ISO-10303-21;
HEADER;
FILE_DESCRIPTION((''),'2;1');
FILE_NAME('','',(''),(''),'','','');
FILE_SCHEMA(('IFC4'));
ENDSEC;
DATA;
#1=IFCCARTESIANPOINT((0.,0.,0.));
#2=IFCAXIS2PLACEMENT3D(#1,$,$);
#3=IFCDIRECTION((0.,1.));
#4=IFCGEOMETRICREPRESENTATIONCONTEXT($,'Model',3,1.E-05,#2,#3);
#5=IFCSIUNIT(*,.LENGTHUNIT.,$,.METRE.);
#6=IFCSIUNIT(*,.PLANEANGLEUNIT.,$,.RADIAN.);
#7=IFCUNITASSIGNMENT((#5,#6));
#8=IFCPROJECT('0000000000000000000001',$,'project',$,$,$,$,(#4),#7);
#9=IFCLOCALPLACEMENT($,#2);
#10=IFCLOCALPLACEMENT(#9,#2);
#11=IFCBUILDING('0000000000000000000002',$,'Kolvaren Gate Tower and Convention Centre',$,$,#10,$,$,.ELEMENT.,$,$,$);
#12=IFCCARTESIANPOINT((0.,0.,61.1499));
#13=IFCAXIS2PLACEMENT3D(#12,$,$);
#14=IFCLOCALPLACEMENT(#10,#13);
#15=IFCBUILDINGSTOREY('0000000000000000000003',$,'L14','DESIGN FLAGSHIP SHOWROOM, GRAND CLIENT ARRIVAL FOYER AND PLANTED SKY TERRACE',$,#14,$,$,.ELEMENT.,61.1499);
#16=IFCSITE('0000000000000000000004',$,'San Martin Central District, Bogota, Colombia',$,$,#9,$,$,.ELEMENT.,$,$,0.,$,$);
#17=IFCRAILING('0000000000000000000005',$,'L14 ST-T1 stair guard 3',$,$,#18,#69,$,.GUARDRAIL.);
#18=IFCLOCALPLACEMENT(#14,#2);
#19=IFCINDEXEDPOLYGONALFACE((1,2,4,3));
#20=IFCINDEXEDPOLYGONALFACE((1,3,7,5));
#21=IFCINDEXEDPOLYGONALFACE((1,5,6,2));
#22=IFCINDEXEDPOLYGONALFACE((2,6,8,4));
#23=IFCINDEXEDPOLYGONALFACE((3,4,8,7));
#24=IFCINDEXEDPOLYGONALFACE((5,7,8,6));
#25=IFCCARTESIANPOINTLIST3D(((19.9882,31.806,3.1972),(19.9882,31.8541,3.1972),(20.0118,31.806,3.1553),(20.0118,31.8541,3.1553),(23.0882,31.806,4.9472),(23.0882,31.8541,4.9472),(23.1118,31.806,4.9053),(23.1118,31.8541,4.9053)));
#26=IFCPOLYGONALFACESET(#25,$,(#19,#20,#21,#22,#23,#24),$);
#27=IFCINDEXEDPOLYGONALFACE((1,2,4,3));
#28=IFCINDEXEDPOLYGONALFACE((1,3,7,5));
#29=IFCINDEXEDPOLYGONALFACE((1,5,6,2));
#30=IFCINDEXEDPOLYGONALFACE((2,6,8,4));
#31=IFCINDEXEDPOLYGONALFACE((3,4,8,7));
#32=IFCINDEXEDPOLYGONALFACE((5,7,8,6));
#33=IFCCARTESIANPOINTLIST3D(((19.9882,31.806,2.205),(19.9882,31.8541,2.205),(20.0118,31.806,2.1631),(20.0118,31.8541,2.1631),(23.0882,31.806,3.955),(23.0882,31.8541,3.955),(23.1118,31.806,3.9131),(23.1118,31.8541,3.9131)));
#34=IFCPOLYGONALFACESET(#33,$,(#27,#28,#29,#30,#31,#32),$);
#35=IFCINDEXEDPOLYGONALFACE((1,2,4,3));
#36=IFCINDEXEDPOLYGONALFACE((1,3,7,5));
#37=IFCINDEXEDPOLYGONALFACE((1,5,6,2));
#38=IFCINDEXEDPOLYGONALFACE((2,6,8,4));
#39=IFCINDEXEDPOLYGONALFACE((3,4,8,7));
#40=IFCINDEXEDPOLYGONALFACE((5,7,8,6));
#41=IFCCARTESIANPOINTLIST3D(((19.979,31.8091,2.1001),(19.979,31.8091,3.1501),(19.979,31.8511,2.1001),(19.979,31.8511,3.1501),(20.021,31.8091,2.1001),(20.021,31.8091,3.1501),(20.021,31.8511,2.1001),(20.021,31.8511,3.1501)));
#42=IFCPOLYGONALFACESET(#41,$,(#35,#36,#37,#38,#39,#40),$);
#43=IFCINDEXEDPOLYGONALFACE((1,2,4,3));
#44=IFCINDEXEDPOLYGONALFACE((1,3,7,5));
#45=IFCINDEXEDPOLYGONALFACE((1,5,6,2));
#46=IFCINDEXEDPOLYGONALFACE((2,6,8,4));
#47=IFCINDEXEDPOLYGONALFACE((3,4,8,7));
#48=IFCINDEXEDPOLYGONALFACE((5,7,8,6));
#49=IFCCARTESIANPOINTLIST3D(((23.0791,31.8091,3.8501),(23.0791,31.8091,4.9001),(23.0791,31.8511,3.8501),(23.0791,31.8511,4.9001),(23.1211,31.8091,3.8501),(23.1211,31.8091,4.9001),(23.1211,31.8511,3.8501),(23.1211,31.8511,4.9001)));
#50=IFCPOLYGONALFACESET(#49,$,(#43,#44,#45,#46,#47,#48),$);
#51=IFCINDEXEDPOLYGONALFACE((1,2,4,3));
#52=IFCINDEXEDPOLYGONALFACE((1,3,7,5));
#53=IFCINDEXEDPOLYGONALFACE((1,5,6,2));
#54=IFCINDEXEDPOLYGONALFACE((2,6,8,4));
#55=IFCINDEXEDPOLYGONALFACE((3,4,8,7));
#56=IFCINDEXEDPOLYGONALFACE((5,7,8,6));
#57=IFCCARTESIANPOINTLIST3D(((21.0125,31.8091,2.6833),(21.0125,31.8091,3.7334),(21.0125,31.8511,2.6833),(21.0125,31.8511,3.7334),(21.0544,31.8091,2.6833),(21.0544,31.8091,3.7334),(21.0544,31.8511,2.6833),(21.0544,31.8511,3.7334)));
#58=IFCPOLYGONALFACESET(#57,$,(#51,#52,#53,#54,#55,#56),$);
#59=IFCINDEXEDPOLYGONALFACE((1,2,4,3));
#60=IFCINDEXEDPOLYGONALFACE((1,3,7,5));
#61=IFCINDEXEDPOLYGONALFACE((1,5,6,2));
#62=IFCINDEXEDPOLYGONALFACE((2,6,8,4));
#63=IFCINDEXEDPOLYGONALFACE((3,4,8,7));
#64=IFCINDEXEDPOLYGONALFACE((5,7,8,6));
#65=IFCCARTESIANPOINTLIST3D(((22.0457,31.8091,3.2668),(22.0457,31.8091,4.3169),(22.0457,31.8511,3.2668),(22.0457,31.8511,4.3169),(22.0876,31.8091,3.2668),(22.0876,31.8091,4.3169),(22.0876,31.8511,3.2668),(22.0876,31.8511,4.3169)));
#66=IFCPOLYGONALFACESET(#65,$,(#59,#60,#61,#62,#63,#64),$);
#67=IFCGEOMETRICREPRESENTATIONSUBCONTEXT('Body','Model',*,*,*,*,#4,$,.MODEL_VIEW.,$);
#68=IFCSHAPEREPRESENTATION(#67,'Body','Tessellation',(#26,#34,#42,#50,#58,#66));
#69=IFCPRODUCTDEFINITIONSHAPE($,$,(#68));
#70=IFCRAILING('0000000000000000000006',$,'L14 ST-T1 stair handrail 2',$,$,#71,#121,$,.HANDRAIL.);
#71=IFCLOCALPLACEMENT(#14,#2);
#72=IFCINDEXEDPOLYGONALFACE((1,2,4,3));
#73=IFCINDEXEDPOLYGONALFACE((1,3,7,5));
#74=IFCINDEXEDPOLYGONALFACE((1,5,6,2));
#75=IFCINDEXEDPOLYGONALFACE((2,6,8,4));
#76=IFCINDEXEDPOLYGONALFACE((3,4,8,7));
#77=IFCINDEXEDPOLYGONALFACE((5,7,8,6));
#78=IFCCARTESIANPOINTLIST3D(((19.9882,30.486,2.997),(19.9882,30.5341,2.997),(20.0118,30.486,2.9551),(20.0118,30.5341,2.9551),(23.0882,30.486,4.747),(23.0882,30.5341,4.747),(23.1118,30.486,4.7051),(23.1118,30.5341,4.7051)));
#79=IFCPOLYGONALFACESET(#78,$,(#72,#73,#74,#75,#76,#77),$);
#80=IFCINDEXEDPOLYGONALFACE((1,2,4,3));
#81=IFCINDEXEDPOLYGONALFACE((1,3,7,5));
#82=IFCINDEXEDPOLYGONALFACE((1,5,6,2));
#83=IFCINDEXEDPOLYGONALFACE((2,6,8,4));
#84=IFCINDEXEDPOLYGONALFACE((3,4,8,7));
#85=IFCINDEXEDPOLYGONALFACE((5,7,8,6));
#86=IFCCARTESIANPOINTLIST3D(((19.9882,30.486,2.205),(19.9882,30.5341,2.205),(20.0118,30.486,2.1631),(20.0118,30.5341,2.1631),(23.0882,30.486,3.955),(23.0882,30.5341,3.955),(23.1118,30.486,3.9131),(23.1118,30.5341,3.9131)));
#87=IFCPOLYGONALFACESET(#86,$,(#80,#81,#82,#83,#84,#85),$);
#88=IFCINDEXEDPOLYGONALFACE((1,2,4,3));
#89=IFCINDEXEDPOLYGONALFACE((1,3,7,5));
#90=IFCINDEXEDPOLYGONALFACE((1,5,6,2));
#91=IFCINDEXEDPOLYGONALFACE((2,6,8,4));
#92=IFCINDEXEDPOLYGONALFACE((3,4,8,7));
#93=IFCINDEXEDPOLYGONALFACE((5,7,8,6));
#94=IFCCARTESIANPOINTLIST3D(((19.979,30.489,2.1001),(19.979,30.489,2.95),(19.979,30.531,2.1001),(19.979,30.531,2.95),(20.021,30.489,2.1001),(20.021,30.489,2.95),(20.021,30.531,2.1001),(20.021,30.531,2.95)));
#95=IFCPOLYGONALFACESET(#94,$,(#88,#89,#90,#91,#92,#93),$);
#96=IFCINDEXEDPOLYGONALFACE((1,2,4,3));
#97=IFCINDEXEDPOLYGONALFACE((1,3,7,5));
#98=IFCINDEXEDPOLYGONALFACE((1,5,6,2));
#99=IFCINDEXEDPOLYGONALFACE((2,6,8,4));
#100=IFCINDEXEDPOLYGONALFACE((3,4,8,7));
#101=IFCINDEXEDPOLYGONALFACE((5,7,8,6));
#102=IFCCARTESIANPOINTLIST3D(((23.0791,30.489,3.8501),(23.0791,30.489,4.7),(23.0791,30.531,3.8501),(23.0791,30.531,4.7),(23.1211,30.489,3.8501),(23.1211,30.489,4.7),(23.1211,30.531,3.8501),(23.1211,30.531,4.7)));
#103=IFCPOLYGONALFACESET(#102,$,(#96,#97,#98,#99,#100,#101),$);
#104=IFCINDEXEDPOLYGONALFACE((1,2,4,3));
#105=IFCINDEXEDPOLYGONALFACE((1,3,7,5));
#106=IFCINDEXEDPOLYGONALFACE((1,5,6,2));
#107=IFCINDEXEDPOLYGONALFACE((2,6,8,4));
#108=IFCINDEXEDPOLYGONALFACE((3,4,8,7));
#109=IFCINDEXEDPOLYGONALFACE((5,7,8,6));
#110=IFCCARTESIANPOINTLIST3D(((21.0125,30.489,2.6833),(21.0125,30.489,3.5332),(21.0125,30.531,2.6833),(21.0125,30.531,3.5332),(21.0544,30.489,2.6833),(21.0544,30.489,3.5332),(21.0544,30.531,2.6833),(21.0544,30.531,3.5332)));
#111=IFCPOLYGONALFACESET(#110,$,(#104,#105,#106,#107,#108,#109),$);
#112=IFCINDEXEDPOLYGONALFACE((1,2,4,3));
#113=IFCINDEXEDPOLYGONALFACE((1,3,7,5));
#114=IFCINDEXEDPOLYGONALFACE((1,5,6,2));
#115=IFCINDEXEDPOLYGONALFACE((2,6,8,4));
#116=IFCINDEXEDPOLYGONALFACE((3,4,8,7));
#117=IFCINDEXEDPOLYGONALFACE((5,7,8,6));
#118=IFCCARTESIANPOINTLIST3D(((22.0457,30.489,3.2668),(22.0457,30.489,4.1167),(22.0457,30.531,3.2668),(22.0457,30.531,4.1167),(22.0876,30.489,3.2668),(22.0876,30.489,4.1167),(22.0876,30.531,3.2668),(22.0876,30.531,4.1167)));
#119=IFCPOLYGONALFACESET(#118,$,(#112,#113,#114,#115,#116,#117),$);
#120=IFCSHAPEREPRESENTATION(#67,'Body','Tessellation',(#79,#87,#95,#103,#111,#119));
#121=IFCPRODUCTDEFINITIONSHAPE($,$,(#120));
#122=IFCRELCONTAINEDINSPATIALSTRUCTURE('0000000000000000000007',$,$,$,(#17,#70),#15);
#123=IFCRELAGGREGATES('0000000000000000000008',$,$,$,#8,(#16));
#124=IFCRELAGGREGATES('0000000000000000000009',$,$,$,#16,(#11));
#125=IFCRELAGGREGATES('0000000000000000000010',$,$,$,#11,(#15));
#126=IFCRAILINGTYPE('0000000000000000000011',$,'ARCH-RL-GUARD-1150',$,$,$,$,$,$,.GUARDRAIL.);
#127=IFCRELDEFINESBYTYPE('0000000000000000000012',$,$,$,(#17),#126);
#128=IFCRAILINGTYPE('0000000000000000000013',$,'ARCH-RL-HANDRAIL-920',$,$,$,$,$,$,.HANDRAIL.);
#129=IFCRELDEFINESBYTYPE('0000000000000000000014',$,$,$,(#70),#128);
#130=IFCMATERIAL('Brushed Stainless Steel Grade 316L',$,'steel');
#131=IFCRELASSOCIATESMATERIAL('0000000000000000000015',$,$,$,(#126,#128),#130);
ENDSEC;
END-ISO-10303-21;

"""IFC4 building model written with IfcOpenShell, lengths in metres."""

from ifc_helpers import new_model, si_unit, direction, frame, origin, origin_2d, place, context, subcontext, project, spatial, rectangle, extrude, material, type_object, element, save


model = new_model("IFC4")

# Units and contexts
model_context = context("Model", 3, precision=1e-05, world=origin(), true_north=direction((0.0, 1.0)))
body_context = subcontext(model_context, "Body", "Model", "MODEL_VIEW")
ifc_project = project(units=[si_unit("LENGTHUNIT", "METRE"), si_unit("PLANEANGLEUNIT", "RADIAN")], contexts=[model_context])

# Site, building, storey
site_placement = place(None, origin())
site = spatial("IfcSite", under=ifc_project, at=site_placement, Name="San Martin Central District, Bogota, Colombia", CompositionType="ELEMENT", RefElevation=0.0)
building_placement = place(site_placement, origin())
building = spatial("IfcBuilding", under=site, at=building_placement, Name="Kolvaren Gate Tower and Convention Centre", CompositionType="ELEMENT")
storey_placement = place(building_placement, frame((0.0, 0.0, 61.1499)))
storey = spatial("IfcBuildingStorey", under=building, at=storey_placement, Name="L14", Description="DESIGN FLAGSHIP SHOWROOM, GRAND CLIENT ARRIVAL FOYER AND PLANTED SKY TERRACE", CompositionType="ELEMENT", Elevation=61.1499)

# Railings
ifc_material_1 = material(Name="Brushed Stainless Steel Grade 316L", Category="steel")
railing_type_1 = type_object("IfcRailingType", Name="ARCH-RL-GUARD-1150", PredefinedType="GUARDRAIL", material=ifc_material_1)
railing_1_placement = place(storey_placement, frame((20.0, 31.8301, 2.1001)))
element("IfcRailing", 1, at=railing_1_placement, inside=storey, type_object=railing_type_1, Name="L14 ST-T1 stair guard 3", PredefinedType="GUARDRAIL", context=body_context, shape_type="SweptSolid", body=[
    extrude(rectangle(XDim=0.0481, YDim=0.0481, at=origin_2d()), frame((0.0, 0.0, 1.0762), z_axis=(0.870831, 0.0, 0.491583), x_axis=(0.0, 1.0, 0.0)), (0.0, 0.0, 1.0), 3.5598),
    extrude(rectangle(XDim=0.0481, YDim=0.0481, at=origin_2d()), frame((0.0, 0.0, 0.084), z_axis=(0.870831, 0.0, 0.491583), x_axis=(0.0, 1.0, 0.0)), (0.0, 0.0, 1.0), 3.5598),
    extrude(rectangle(XDim=0.042, YDim=0.042, at=origin_2d()), origin(), (0.0, 0.0, 1.0), 1.05),
    extrude(rectangle(XDim=0.042, YDim=0.042, at=origin_2d()), frame((3.1001, 0.0, 1.75)), (0.0, 0.0, 1.0), 1.05),
    extrude(rectangle(XDim=0.042, YDim=0.042, at=origin_2d()), frame((1.0334, 0.0, 0.5833)), (0.0, 0.0, 1.0), 1.05),
    extrude(rectangle(XDim=0.042, YDim=0.042, at=origin_2d()), frame((2.0667, 0.0, 1.1667)), (0.0, 0.0, 1.0), 1.05),
])
railing_type_2 = type_object("IfcRailingType", Name="ARCH-RL-HANDRAIL-920", PredefinedType="HANDRAIL", material=ifc_material_1)
railing_2_placement = place(storey_placement, frame((20.0, 30.51, 2.1001)))
element("IfcRailing", 2, at=railing_2_placement, inside=storey, type_object=railing_type_2, Name="L14 ST-T1 stair handrail 2", PredefinedType="HANDRAIL", context=body_context, shape_type="SweptSolid", body=[
    extrude(rectangle(XDim=0.0481, YDim=0.0481, at=origin_2d()), frame((0.0, 0.0, 0.876), z_axis=(0.870831, 0.0, 0.491583), x_axis=(0.0, 1.0, 0.0)), (0.0, 0.0, 1.0), 3.5598),
    extrude(rectangle(XDim=0.0481, YDim=0.0481, at=origin_2d()), frame((0.0, 0.0, 0.084), z_axis=(0.870831, 0.0, 0.491583), x_axis=(0.0, 1.0, 0.0)), (0.0, 0.0, 1.0), 3.5598),
    extrude(rectangle(XDim=0.042, YDim=0.042, at=origin_2d()), origin(), (0.0, 0.0, 1.0), 0.8499),
    extrude(rectangle(XDim=0.042, YDim=0.042, at=origin_2d()), frame((3.1001, 0.0, 1.75)), (0.0, 0.0, 1.0), 0.8499),
    extrude(rectangle(XDim=0.042, YDim=0.042, at=origin_2d()), frame((1.0334, 0.0, 0.5833)), (0.0, 0.0, 1.0), 0.8499),
    extrude(rectangle(XDim=0.042, YDim=0.042, at=origin_2d()), frame((2.0667, 0.0, 1.1667)), (0.0, 0.0, 1.0), 0.8499),
])

save(model, "model.ifc")
